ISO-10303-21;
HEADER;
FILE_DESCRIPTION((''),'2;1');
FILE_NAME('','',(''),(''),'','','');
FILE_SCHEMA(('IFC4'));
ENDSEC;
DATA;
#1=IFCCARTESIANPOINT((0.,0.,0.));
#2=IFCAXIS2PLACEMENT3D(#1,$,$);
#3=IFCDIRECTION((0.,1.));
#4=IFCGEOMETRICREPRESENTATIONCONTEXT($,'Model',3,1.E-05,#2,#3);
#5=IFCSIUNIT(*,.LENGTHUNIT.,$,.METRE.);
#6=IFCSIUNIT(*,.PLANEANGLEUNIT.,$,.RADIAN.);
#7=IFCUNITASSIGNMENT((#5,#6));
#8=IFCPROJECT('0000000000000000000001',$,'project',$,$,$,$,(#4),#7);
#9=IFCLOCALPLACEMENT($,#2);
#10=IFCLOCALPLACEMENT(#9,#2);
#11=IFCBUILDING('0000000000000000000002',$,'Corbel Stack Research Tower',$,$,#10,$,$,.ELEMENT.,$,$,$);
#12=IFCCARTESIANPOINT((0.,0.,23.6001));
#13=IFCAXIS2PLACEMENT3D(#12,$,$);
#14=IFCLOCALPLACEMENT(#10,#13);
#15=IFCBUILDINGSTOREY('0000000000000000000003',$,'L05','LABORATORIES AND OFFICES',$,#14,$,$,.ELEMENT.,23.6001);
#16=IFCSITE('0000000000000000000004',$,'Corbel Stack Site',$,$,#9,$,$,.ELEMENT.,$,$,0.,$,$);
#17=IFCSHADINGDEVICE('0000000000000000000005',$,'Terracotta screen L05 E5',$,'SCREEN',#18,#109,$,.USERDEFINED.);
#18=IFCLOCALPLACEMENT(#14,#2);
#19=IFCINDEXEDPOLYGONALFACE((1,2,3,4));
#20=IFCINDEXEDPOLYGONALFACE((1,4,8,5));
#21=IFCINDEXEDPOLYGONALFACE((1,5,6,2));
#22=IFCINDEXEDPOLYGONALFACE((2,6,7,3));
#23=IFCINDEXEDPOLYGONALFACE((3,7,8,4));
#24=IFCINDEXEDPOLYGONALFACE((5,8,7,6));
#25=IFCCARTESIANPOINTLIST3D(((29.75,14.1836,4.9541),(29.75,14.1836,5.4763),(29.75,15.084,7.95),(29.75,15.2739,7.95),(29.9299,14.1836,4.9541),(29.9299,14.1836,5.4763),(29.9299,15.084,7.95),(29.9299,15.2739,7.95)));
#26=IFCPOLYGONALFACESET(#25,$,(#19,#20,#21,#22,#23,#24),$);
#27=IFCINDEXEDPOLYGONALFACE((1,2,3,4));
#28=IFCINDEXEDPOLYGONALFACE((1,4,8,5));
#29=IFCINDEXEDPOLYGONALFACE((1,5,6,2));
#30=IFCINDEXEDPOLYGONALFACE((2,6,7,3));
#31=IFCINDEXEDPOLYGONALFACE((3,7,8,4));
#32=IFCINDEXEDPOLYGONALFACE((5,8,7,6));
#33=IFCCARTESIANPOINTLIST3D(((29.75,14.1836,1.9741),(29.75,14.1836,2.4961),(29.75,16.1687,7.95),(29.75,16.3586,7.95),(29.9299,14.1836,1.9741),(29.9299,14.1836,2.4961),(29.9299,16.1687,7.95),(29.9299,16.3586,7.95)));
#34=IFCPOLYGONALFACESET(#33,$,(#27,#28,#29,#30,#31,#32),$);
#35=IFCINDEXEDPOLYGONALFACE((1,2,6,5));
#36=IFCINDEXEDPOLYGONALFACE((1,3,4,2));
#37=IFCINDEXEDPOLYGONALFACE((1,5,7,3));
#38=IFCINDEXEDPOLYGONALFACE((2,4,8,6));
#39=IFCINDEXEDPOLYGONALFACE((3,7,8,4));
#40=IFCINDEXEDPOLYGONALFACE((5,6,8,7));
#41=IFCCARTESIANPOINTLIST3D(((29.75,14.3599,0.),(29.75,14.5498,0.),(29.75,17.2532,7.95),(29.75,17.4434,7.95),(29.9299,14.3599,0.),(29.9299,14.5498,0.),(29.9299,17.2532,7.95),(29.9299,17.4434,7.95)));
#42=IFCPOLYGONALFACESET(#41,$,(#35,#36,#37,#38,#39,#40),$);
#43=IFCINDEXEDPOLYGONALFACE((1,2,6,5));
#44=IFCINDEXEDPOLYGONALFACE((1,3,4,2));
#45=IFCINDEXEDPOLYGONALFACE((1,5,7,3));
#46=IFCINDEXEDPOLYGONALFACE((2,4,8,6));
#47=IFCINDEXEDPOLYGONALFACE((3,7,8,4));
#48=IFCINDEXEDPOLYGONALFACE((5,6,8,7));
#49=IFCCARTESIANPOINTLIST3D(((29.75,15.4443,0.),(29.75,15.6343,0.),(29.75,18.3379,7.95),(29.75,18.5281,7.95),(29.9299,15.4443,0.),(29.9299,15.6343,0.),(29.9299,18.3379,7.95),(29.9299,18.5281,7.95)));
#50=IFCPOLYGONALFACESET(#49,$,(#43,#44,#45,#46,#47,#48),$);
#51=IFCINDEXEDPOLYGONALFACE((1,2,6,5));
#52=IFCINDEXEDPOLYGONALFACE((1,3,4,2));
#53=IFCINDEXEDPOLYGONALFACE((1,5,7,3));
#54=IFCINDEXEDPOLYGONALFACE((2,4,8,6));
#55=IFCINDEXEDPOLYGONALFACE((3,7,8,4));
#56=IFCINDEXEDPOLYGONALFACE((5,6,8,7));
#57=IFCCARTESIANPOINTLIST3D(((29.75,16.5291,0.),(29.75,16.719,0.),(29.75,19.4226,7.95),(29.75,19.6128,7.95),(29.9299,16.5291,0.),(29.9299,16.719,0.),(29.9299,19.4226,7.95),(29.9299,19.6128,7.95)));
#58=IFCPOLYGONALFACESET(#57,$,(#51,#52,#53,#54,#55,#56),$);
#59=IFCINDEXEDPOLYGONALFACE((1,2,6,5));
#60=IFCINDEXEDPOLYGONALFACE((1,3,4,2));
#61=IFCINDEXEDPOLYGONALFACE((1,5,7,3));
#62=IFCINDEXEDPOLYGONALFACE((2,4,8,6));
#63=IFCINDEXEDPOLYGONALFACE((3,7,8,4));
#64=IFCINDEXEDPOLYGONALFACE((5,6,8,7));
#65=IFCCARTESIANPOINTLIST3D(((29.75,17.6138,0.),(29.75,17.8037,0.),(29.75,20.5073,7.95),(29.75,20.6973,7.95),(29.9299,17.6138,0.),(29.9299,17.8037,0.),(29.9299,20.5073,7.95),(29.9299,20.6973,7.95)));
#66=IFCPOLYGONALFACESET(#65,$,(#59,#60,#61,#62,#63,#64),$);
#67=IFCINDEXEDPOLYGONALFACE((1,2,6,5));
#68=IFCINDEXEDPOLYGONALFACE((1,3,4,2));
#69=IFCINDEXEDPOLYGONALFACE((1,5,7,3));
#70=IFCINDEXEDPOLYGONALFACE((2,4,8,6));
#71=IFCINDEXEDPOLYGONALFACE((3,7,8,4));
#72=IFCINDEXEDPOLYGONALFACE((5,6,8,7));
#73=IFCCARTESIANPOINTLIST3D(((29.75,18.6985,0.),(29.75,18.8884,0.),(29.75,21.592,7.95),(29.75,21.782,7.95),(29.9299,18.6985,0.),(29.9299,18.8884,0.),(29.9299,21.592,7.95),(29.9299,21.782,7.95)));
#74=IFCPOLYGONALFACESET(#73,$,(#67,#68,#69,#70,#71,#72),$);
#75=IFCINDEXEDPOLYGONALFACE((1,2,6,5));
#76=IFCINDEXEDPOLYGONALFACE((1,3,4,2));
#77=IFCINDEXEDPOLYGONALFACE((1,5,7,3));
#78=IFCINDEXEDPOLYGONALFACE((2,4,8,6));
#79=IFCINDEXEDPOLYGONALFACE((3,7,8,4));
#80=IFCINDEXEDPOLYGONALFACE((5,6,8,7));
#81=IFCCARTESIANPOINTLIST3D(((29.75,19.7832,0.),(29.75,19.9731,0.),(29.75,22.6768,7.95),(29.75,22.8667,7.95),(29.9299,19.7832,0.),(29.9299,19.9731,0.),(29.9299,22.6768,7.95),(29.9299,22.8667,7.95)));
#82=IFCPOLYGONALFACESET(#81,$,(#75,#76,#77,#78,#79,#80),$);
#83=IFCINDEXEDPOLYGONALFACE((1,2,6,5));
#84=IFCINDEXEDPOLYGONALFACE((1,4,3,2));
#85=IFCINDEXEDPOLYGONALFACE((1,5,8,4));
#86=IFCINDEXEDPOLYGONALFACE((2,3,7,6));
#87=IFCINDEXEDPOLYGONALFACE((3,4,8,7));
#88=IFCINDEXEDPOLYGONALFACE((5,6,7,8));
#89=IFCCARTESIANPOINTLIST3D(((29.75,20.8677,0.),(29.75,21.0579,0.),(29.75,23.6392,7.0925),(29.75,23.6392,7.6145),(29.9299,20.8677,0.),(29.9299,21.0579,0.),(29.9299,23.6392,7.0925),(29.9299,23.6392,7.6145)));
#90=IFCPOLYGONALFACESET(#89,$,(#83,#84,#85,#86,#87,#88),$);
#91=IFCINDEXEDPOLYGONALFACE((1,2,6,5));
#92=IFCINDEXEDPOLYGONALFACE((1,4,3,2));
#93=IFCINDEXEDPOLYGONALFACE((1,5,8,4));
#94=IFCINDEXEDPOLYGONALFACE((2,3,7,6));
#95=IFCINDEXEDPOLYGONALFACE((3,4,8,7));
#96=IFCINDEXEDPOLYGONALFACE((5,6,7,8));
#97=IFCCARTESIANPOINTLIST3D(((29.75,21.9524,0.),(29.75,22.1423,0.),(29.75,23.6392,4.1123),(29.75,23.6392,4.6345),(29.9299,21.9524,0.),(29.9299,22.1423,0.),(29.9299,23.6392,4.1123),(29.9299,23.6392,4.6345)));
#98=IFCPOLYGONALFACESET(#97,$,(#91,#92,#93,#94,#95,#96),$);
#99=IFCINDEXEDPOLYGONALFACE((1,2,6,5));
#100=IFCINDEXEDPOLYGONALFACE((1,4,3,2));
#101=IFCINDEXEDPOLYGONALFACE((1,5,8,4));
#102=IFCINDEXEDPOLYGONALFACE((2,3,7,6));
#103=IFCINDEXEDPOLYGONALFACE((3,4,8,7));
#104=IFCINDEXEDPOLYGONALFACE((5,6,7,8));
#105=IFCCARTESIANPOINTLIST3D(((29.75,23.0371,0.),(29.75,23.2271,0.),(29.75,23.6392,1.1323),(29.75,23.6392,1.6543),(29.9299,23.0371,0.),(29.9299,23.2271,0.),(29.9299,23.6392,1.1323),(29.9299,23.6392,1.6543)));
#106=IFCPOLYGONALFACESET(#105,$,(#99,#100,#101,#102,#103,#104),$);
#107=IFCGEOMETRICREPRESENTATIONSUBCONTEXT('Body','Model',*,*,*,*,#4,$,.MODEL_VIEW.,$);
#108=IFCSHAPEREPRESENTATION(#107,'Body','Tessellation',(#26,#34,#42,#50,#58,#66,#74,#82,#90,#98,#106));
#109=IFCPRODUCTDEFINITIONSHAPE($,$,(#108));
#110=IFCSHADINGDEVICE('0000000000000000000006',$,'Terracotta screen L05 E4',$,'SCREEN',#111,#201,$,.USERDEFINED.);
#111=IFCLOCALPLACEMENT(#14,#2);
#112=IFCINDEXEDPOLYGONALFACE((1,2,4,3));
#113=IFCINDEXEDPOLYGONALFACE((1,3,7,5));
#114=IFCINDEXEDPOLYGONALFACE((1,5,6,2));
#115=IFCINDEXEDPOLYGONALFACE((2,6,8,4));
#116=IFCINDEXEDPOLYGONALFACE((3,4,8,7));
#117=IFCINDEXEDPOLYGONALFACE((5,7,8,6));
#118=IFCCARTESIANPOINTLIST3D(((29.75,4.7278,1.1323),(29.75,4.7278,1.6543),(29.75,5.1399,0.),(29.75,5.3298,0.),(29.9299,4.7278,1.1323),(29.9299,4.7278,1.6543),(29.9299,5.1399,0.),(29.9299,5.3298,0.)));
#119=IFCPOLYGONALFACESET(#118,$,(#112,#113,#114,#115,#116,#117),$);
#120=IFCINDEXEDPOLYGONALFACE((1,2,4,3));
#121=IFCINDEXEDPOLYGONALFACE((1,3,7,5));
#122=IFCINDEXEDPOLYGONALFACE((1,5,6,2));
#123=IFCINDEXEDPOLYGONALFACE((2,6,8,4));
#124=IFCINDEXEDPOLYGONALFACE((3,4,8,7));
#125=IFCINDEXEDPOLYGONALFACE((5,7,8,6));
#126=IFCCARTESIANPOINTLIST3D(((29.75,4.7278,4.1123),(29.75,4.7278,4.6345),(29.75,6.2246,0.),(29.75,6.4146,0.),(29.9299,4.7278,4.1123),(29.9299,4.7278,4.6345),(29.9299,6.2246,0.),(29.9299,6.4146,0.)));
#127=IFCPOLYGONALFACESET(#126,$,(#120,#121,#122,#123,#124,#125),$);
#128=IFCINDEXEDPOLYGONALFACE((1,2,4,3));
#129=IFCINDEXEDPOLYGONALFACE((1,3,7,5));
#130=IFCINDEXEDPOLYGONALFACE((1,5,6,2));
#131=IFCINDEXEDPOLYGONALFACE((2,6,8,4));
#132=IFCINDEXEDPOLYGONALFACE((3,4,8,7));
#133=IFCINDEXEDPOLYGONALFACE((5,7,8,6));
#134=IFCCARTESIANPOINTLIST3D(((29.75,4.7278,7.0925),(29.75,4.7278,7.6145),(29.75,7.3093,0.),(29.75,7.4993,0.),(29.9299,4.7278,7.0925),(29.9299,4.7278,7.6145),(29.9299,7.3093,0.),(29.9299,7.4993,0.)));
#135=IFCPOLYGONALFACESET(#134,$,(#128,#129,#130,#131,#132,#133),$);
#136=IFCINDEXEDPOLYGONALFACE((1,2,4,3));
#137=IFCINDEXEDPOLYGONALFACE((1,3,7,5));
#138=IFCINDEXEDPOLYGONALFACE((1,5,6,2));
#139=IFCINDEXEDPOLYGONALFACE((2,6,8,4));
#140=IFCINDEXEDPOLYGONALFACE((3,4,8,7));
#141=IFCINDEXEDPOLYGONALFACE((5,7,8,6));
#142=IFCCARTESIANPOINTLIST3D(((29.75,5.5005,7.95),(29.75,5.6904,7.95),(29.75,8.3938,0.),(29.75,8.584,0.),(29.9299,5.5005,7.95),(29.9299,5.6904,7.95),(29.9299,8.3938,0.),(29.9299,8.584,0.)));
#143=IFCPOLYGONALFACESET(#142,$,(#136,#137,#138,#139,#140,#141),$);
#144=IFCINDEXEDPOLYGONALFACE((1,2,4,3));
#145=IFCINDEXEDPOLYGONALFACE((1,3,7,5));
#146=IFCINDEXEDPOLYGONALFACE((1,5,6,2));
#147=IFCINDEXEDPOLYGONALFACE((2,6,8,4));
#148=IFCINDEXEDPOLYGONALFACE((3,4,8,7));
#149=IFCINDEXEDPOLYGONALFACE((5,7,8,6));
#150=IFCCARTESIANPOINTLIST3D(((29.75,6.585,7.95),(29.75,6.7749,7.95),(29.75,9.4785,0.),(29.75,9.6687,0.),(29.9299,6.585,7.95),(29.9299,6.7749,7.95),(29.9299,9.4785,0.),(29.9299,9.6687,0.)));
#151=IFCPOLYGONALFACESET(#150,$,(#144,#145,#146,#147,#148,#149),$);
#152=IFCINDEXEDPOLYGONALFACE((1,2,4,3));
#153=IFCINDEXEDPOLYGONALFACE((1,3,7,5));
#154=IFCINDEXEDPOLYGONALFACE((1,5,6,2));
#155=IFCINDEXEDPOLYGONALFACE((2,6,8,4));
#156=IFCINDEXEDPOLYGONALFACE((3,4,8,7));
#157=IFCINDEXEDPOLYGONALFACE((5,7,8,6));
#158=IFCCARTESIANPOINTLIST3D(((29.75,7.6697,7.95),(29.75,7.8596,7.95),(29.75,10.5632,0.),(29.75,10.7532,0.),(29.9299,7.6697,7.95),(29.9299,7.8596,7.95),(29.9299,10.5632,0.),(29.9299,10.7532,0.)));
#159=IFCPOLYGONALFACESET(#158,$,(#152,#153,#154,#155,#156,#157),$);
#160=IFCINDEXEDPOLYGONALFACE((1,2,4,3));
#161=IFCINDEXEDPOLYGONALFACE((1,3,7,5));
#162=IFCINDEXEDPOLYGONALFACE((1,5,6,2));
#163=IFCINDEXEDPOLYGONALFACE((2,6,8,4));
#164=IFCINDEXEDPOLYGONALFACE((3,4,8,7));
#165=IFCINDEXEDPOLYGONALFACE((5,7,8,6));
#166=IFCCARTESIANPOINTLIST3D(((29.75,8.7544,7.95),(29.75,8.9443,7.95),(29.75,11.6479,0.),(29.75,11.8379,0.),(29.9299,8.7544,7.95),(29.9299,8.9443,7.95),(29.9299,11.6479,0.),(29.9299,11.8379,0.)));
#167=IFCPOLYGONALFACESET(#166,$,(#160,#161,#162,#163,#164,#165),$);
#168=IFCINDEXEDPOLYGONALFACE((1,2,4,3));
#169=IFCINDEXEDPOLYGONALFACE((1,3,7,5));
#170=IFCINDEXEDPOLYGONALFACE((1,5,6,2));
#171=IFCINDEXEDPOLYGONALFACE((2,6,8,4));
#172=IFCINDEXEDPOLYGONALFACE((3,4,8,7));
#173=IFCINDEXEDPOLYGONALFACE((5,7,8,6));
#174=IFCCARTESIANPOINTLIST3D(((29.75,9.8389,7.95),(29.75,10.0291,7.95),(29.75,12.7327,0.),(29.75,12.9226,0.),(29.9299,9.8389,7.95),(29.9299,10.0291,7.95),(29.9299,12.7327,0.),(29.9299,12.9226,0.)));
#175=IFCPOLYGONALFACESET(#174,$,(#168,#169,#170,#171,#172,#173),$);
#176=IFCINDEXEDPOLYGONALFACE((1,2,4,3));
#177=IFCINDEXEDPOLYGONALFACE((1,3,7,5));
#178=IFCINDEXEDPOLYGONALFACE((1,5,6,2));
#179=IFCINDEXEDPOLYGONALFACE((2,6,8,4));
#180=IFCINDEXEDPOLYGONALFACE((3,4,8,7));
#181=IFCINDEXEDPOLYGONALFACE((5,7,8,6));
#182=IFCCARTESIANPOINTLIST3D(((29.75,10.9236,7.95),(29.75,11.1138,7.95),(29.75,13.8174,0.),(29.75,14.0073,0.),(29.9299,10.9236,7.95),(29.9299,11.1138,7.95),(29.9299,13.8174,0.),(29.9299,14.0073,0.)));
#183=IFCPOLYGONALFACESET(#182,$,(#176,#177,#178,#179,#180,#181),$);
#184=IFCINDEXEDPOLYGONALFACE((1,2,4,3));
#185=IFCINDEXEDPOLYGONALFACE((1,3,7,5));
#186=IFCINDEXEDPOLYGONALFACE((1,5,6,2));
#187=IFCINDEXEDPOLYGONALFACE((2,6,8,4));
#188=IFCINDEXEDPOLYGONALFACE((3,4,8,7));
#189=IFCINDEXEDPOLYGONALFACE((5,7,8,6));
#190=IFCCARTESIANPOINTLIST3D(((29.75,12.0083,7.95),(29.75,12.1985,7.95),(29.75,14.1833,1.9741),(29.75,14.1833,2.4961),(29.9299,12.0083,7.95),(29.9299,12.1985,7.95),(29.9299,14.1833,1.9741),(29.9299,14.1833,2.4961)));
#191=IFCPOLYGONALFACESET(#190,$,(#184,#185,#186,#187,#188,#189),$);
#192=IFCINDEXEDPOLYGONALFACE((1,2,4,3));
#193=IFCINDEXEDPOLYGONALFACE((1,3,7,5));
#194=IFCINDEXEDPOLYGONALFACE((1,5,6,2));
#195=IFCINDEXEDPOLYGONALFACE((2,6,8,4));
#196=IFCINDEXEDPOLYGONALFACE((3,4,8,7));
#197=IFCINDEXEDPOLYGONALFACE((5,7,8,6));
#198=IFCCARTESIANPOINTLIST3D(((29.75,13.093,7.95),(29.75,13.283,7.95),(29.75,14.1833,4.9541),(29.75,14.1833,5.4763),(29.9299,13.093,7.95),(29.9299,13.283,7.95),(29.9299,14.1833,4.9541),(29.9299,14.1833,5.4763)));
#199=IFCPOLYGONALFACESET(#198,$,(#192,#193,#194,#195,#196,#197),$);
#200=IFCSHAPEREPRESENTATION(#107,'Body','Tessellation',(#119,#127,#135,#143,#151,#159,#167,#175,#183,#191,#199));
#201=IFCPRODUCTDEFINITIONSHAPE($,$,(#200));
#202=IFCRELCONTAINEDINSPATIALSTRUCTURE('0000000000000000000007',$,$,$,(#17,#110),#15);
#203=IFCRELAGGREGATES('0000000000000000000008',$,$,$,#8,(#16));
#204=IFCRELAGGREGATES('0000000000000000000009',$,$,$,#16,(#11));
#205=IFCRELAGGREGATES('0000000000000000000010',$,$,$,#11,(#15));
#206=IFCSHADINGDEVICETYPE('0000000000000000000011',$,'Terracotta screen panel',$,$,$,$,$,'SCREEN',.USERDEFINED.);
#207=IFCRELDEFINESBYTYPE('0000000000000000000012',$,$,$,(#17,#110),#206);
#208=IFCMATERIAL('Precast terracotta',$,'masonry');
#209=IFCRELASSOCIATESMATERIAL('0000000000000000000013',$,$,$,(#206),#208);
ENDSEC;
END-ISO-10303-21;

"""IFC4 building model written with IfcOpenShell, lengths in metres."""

from ifc_helpers import new_model, si_unit, direction, frame, origin, place, context, subcontext, project, spatial, polyline, outline, extrude, source, transform, mapped, material, type_object, element, save


model = new_model("IFC4")

# Units and contexts
model_context = context("Model", 3, precision=1e-05, world=origin(), true_north=direction((0.0, 1.0)))
body_context = subcontext(model_context, "Body", "Model", "MODEL_VIEW")
ifc_project = project(units=[si_unit("LENGTHUNIT", "METRE"), si_unit("PLANEANGLEUNIT", "RADIAN")], contexts=[model_context])

# Site, building, storey
site_placement = place(None, origin())
site = spatial("IfcSite", under=ifc_project, at=site_placement, Name="Corbel Stack Site", CompositionType="ELEMENT", RefElevation=0.0)
building_placement = place(site_placement, origin())
building = spatial("IfcBuilding", under=site, at=building_placement, Name="Corbel Stack Research Tower", CompositionType="ELEMENT")
storey_placement = place(building_placement, frame((0.0, 0.0, 23.6001)))
storey = spatial("IfcBuildingStorey", under=building, at=storey_placement, Name="L05", Description="LABORATORIES AND OFFICES", CompositionType="ELEMENT", Elevation=23.6001)

# Shading devices
ifc_material_1 = material(Name="Precast terracotta", Category="masonry")
shading_device_type = type_object("IfcShadingDeviceType", Name="Terracotta screen panel", ElementType="SCREEN", PredefinedType="USERDEFINED", material=ifc_material_1)
shared_shape_1 = source(origin(), body_context, "Body", "SweptSolid", [
    extrude(outline(polyline([(1.0903, 7.95), (0.9004, 7.95), (0.0, 5.4763), (0.0, 4.9541), (1.0903, 7.95)])), frame((0.0, 0.0, 0.0), z_axis=(0.0, -1.0, 0.0), x_axis=(1.0, 0.0, 0.0)), (0.0, 0.0, 1.0), 0.1799),
    extrude(outline(polyline([(2.175, 7.95), (1.9851, 7.95), (0.0, 2.4961), (0.0, 1.9741), (2.175, 7.95)])), frame((0.0, 0.0, 0.0), z_axis=(0.0, -1.0, 0.0), x_axis=(1.0, 0.0, 0.0)), (0.0, 0.0, 1.0), 0.1799),
    extrude(outline(polyline([(0.3662, 0.0), (3.2598, 7.95), (3.0696, 7.95), (0.1763, 0.0), (0.3662, 0.0)])), frame((0.0, 0.0, 0.0), z_axis=(0.0, -1.0, 0.0), x_axis=(1.0, 0.0, 0.0)), (0.0, 0.0, 1.0), 0.1799),
    extrude(outline(polyline([(1.4507, 0.0), (4.3445, 7.95), (4.1543, 7.95), (1.2607, 0.0), (1.4507, 0.0)])), frame((0.0, 0.0, 0.0), z_axis=(0.0, -1.0, 0.0), x_axis=(1.0, 0.0, 0.0)), (0.0, 0.0, 1.0), 0.1799),
    extrude(outline(polyline([(2.5354, 0.0), (5.4292, 7.95), (5.239, 7.95), (2.3455, 0.0), (2.5354, 0.0)])), frame((0.0, 0.0, 0.0), z_axis=(0.0, -1.0, 0.0), x_axis=(1.0, 0.0, 0.0)), (0.0, 0.0, 1.0), 0.1799),
    extrude(outline(polyline([(3.6201, 0.0), (6.5137, 7.95), (6.3237, 7.95), (3.4302, 0.0), (3.6201, 0.0)])), frame((0.0, 0.0, 0.0), z_axis=(0.0, -1.0, 0.0), x_axis=(1.0, 0.0, 0.0)), (0.0, 0.0, 1.0), 0.1799),
    extrude(outline(polyline([(4.7048, 0.0), (7.5984, 7.95), (7.4084, 7.95), (4.5149, 0.0), (4.7048, 0.0)])), frame((0.0, 0.0, 0.0), z_axis=(0.0, -1.0, 0.0), x_axis=(1.0, 0.0, 0.0)), (0.0, 0.0, 1.0), 0.1799),
    extrude(outline(polyline([(5.7896, 0.0), (8.6831, 7.95), (8.4932, 7.95), (5.5996, 0.0), (5.7896, 0.0)])), frame((0.0, 0.0, 0.0), z_axis=(0.0, -1.0, 0.0), x_axis=(1.0, 0.0, 0.0)), (0.0, 0.0, 1.0), 0.1799),
    extrude(outline(polyline([(6.8743, 0.0), (9.4556, 7.0925), (9.4556, 7.6145), (6.6841, 0.0), (6.8743, 0.0)])), frame((0.0, 0.0, 0.0), z_axis=(0.0, -1.0, 0.0), x_axis=(1.0, 0.0, 0.0)), (0.0, 0.0, 1.0), 0.1799),
    extrude(outline(polyline([(7.9587, 0.0), (9.4556, 4.1123), (9.4556, 4.6345), (7.7688, 0.0), (7.9587, 0.0)])), frame((0.0, 0.0, 0.0), z_axis=(0.0, -1.0, 0.0), x_axis=(1.0, 0.0, 0.0)), (0.0, 0.0, 1.0), 0.1799),
    extrude(outline(polyline([(9.0435, 0.0), (9.4556, 1.1323), (9.4556, 1.6543), (8.8535, 0.0), (9.0435, 0.0)])), frame((0.0, 0.0, 0.0), z_axis=(0.0, -1.0, 0.0), x_axis=(1.0, 0.0, 0.0)), (0.0, 0.0, 1.0), 0.1799),
])
shading_device_1_placement = place(storey_placement, frame((29.75, 14.1836, 0.0), z_axis=(0.0, 0.0, 1.0), x_axis=(0.0, 1.0, 0.0)))
element("IfcShadingDevice", 1, at=shading_device_1_placement, inside=storey, type_object=shading_device_type, Name="Terracotta screen L05 E5", ObjectType="SCREEN", PredefinedType="USERDEFINED", context=body_context, shape_type="MappedRepresentation", body=[
    mapped(shared_shape_1, transform((0.0, 0.0, 0.0))),
])
shared_shape_2 = source(origin(), body_context, "Body", "SweptSolid", [
    extrude(outline(polyline([(0.6021, 0.0), (0.0, 1.6543), (0.0, 1.1323), (0.4121, 0.0), (0.6021, 0.0)])), frame((0.0, 0.0, 0.0), z_axis=(0.0, -1.0, 0.0), x_axis=(1.0, 0.0, 0.0)), (0.0, 0.0, 1.0), 0.1799),
    extrude(outline(polyline([(1.6868, 0.0), (0.0, 4.6345), (0.0, 4.1123), (1.4968, 0.0), (1.6868, 0.0)])), frame((0.0, 0.0, 0.0), z_axis=(0.0, -1.0, 0.0), x_axis=(1.0, 0.0, 0.0)), (0.0, 0.0, 1.0), 0.1799),
    extrude(outline(polyline([(2.7715, 0.0), (0.0, 7.6145), (0.0, 7.0925), (2.5815, 0.0), (2.7715, 0.0)])), frame((0.0, 0.0, 0.0), z_axis=(0.0, -1.0, 0.0), x_axis=(1.0, 0.0, 0.0)), (0.0, 0.0, 1.0), 0.1799),
    extrude(outline(polyline([(3.8562, 0.0), (0.9626, 7.95), (0.7727, 7.95), (3.666, 0.0), (3.8562, 0.0)])), frame((0.0, 0.0, 0.0), z_axis=(0.0, -1.0, 0.0), x_axis=(1.0, 0.0, 0.0)), (0.0, 0.0, 1.0), 0.1799),
    extrude(outline(polyline([(4.9409, 0.0), (2.0471, 7.95), (1.8572, 7.95), (4.7507, 0.0), (4.9409, 0.0)])), frame((0.0, 0.0, 0.0), z_axis=(0.0, -1.0, 0.0), x_axis=(1.0, 0.0, 0.0)), (0.0, 0.0, 1.0), 0.1799),
    extrude(outline(polyline([(6.0254, 0.0), (3.1318, 7.95), (2.9419, 7.95), (5.8354, 0.0), (6.0254, 0.0)])), frame((0.0, 0.0, 0.0), z_axis=(0.0, -1.0, 0.0), x_axis=(1.0, 0.0, 0.0)), (0.0, 0.0, 1.0), 0.1799),
    extrude(outline(polyline([(7.1101, 0.0), (4.2166, 7.95), (4.0266, 7.95), (6.9202, 0.0), (7.1101, 0.0)])), frame((0.0, 0.0, 0.0), z_axis=(0.0, -1.0, 0.0), x_axis=(1.0, 0.0, 0.0)), (0.0, 0.0, 1.0), 0.1799),
    extrude(outline(polyline([(8.1948, 0.0), (5.3013, 7.95), (5.1111, 7.95), (8.0049, 0.0), (8.1948, 0.0)])), frame((0.0, 0.0, 0.0), z_axis=(0.0, -1.0, 0.0), x_axis=(1.0, 0.0, 0.0)), (0.0, 0.0, 1.0), 0.1799),
    extrude(outline(polyline([(9.2795, 0.0), (6.386, 7.95), (6.1958, 7.95), (9.0896, 0.0), (9.2795, 0.0)])), frame((0.0, 0.0, 0.0), z_axis=(0.0, -1.0, 0.0), x_axis=(1.0, 0.0, 0.0)), (0.0, 0.0, 1.0), 0.1799),
    extrude(outline(polyline([(7.4707, 7.95), (7.2805, 7.95), (9.4556, 1.9741), (9.4556, 2.4961), (7.4707, 7.95)])), frame((0.0, 0.0, 0.0), z_axis=(0.0, -1.0, 0.0), x_axis=(1.0, 0.0, 0.0)), (0.0, 0.0, 1.0), 0.1799),
    extrude(outline(polyline([(8.5552, 7.95), (8.3652, 7.95), (9.4556, 4.9541), (9.4556, 5.4763), (8.5552, 7.95)])), frame((0.0, 0.0, 0.0), z_axis=(0.0, -1.0, 0.0), x_axis=(1.0, 0.0, 0.0)), (0.0, 0.0, 1.0), 0.1799),
])
shading_device_2_placement = place(storey_placement, frame((29.75, 4.7278, 0.0), z_axis=(0.0, 0.0, 1.0), x_axis=(0.0, 1.0, 0.0)))
element("IfcShadingDevice", 2, at=shading_device_2_placement, inside=storey, type_object=shading_device_type, Name="Terracotta screen L05 E4", ObjectType="SCREEN", PredefinedType="USERDEFINED", context=body_context, shape_type="MappedRepresentation", body=[
    mapped(shared_shape_2, transform((0.0, 0.0, 0.0))),
])

save(model, "model.ifc")
